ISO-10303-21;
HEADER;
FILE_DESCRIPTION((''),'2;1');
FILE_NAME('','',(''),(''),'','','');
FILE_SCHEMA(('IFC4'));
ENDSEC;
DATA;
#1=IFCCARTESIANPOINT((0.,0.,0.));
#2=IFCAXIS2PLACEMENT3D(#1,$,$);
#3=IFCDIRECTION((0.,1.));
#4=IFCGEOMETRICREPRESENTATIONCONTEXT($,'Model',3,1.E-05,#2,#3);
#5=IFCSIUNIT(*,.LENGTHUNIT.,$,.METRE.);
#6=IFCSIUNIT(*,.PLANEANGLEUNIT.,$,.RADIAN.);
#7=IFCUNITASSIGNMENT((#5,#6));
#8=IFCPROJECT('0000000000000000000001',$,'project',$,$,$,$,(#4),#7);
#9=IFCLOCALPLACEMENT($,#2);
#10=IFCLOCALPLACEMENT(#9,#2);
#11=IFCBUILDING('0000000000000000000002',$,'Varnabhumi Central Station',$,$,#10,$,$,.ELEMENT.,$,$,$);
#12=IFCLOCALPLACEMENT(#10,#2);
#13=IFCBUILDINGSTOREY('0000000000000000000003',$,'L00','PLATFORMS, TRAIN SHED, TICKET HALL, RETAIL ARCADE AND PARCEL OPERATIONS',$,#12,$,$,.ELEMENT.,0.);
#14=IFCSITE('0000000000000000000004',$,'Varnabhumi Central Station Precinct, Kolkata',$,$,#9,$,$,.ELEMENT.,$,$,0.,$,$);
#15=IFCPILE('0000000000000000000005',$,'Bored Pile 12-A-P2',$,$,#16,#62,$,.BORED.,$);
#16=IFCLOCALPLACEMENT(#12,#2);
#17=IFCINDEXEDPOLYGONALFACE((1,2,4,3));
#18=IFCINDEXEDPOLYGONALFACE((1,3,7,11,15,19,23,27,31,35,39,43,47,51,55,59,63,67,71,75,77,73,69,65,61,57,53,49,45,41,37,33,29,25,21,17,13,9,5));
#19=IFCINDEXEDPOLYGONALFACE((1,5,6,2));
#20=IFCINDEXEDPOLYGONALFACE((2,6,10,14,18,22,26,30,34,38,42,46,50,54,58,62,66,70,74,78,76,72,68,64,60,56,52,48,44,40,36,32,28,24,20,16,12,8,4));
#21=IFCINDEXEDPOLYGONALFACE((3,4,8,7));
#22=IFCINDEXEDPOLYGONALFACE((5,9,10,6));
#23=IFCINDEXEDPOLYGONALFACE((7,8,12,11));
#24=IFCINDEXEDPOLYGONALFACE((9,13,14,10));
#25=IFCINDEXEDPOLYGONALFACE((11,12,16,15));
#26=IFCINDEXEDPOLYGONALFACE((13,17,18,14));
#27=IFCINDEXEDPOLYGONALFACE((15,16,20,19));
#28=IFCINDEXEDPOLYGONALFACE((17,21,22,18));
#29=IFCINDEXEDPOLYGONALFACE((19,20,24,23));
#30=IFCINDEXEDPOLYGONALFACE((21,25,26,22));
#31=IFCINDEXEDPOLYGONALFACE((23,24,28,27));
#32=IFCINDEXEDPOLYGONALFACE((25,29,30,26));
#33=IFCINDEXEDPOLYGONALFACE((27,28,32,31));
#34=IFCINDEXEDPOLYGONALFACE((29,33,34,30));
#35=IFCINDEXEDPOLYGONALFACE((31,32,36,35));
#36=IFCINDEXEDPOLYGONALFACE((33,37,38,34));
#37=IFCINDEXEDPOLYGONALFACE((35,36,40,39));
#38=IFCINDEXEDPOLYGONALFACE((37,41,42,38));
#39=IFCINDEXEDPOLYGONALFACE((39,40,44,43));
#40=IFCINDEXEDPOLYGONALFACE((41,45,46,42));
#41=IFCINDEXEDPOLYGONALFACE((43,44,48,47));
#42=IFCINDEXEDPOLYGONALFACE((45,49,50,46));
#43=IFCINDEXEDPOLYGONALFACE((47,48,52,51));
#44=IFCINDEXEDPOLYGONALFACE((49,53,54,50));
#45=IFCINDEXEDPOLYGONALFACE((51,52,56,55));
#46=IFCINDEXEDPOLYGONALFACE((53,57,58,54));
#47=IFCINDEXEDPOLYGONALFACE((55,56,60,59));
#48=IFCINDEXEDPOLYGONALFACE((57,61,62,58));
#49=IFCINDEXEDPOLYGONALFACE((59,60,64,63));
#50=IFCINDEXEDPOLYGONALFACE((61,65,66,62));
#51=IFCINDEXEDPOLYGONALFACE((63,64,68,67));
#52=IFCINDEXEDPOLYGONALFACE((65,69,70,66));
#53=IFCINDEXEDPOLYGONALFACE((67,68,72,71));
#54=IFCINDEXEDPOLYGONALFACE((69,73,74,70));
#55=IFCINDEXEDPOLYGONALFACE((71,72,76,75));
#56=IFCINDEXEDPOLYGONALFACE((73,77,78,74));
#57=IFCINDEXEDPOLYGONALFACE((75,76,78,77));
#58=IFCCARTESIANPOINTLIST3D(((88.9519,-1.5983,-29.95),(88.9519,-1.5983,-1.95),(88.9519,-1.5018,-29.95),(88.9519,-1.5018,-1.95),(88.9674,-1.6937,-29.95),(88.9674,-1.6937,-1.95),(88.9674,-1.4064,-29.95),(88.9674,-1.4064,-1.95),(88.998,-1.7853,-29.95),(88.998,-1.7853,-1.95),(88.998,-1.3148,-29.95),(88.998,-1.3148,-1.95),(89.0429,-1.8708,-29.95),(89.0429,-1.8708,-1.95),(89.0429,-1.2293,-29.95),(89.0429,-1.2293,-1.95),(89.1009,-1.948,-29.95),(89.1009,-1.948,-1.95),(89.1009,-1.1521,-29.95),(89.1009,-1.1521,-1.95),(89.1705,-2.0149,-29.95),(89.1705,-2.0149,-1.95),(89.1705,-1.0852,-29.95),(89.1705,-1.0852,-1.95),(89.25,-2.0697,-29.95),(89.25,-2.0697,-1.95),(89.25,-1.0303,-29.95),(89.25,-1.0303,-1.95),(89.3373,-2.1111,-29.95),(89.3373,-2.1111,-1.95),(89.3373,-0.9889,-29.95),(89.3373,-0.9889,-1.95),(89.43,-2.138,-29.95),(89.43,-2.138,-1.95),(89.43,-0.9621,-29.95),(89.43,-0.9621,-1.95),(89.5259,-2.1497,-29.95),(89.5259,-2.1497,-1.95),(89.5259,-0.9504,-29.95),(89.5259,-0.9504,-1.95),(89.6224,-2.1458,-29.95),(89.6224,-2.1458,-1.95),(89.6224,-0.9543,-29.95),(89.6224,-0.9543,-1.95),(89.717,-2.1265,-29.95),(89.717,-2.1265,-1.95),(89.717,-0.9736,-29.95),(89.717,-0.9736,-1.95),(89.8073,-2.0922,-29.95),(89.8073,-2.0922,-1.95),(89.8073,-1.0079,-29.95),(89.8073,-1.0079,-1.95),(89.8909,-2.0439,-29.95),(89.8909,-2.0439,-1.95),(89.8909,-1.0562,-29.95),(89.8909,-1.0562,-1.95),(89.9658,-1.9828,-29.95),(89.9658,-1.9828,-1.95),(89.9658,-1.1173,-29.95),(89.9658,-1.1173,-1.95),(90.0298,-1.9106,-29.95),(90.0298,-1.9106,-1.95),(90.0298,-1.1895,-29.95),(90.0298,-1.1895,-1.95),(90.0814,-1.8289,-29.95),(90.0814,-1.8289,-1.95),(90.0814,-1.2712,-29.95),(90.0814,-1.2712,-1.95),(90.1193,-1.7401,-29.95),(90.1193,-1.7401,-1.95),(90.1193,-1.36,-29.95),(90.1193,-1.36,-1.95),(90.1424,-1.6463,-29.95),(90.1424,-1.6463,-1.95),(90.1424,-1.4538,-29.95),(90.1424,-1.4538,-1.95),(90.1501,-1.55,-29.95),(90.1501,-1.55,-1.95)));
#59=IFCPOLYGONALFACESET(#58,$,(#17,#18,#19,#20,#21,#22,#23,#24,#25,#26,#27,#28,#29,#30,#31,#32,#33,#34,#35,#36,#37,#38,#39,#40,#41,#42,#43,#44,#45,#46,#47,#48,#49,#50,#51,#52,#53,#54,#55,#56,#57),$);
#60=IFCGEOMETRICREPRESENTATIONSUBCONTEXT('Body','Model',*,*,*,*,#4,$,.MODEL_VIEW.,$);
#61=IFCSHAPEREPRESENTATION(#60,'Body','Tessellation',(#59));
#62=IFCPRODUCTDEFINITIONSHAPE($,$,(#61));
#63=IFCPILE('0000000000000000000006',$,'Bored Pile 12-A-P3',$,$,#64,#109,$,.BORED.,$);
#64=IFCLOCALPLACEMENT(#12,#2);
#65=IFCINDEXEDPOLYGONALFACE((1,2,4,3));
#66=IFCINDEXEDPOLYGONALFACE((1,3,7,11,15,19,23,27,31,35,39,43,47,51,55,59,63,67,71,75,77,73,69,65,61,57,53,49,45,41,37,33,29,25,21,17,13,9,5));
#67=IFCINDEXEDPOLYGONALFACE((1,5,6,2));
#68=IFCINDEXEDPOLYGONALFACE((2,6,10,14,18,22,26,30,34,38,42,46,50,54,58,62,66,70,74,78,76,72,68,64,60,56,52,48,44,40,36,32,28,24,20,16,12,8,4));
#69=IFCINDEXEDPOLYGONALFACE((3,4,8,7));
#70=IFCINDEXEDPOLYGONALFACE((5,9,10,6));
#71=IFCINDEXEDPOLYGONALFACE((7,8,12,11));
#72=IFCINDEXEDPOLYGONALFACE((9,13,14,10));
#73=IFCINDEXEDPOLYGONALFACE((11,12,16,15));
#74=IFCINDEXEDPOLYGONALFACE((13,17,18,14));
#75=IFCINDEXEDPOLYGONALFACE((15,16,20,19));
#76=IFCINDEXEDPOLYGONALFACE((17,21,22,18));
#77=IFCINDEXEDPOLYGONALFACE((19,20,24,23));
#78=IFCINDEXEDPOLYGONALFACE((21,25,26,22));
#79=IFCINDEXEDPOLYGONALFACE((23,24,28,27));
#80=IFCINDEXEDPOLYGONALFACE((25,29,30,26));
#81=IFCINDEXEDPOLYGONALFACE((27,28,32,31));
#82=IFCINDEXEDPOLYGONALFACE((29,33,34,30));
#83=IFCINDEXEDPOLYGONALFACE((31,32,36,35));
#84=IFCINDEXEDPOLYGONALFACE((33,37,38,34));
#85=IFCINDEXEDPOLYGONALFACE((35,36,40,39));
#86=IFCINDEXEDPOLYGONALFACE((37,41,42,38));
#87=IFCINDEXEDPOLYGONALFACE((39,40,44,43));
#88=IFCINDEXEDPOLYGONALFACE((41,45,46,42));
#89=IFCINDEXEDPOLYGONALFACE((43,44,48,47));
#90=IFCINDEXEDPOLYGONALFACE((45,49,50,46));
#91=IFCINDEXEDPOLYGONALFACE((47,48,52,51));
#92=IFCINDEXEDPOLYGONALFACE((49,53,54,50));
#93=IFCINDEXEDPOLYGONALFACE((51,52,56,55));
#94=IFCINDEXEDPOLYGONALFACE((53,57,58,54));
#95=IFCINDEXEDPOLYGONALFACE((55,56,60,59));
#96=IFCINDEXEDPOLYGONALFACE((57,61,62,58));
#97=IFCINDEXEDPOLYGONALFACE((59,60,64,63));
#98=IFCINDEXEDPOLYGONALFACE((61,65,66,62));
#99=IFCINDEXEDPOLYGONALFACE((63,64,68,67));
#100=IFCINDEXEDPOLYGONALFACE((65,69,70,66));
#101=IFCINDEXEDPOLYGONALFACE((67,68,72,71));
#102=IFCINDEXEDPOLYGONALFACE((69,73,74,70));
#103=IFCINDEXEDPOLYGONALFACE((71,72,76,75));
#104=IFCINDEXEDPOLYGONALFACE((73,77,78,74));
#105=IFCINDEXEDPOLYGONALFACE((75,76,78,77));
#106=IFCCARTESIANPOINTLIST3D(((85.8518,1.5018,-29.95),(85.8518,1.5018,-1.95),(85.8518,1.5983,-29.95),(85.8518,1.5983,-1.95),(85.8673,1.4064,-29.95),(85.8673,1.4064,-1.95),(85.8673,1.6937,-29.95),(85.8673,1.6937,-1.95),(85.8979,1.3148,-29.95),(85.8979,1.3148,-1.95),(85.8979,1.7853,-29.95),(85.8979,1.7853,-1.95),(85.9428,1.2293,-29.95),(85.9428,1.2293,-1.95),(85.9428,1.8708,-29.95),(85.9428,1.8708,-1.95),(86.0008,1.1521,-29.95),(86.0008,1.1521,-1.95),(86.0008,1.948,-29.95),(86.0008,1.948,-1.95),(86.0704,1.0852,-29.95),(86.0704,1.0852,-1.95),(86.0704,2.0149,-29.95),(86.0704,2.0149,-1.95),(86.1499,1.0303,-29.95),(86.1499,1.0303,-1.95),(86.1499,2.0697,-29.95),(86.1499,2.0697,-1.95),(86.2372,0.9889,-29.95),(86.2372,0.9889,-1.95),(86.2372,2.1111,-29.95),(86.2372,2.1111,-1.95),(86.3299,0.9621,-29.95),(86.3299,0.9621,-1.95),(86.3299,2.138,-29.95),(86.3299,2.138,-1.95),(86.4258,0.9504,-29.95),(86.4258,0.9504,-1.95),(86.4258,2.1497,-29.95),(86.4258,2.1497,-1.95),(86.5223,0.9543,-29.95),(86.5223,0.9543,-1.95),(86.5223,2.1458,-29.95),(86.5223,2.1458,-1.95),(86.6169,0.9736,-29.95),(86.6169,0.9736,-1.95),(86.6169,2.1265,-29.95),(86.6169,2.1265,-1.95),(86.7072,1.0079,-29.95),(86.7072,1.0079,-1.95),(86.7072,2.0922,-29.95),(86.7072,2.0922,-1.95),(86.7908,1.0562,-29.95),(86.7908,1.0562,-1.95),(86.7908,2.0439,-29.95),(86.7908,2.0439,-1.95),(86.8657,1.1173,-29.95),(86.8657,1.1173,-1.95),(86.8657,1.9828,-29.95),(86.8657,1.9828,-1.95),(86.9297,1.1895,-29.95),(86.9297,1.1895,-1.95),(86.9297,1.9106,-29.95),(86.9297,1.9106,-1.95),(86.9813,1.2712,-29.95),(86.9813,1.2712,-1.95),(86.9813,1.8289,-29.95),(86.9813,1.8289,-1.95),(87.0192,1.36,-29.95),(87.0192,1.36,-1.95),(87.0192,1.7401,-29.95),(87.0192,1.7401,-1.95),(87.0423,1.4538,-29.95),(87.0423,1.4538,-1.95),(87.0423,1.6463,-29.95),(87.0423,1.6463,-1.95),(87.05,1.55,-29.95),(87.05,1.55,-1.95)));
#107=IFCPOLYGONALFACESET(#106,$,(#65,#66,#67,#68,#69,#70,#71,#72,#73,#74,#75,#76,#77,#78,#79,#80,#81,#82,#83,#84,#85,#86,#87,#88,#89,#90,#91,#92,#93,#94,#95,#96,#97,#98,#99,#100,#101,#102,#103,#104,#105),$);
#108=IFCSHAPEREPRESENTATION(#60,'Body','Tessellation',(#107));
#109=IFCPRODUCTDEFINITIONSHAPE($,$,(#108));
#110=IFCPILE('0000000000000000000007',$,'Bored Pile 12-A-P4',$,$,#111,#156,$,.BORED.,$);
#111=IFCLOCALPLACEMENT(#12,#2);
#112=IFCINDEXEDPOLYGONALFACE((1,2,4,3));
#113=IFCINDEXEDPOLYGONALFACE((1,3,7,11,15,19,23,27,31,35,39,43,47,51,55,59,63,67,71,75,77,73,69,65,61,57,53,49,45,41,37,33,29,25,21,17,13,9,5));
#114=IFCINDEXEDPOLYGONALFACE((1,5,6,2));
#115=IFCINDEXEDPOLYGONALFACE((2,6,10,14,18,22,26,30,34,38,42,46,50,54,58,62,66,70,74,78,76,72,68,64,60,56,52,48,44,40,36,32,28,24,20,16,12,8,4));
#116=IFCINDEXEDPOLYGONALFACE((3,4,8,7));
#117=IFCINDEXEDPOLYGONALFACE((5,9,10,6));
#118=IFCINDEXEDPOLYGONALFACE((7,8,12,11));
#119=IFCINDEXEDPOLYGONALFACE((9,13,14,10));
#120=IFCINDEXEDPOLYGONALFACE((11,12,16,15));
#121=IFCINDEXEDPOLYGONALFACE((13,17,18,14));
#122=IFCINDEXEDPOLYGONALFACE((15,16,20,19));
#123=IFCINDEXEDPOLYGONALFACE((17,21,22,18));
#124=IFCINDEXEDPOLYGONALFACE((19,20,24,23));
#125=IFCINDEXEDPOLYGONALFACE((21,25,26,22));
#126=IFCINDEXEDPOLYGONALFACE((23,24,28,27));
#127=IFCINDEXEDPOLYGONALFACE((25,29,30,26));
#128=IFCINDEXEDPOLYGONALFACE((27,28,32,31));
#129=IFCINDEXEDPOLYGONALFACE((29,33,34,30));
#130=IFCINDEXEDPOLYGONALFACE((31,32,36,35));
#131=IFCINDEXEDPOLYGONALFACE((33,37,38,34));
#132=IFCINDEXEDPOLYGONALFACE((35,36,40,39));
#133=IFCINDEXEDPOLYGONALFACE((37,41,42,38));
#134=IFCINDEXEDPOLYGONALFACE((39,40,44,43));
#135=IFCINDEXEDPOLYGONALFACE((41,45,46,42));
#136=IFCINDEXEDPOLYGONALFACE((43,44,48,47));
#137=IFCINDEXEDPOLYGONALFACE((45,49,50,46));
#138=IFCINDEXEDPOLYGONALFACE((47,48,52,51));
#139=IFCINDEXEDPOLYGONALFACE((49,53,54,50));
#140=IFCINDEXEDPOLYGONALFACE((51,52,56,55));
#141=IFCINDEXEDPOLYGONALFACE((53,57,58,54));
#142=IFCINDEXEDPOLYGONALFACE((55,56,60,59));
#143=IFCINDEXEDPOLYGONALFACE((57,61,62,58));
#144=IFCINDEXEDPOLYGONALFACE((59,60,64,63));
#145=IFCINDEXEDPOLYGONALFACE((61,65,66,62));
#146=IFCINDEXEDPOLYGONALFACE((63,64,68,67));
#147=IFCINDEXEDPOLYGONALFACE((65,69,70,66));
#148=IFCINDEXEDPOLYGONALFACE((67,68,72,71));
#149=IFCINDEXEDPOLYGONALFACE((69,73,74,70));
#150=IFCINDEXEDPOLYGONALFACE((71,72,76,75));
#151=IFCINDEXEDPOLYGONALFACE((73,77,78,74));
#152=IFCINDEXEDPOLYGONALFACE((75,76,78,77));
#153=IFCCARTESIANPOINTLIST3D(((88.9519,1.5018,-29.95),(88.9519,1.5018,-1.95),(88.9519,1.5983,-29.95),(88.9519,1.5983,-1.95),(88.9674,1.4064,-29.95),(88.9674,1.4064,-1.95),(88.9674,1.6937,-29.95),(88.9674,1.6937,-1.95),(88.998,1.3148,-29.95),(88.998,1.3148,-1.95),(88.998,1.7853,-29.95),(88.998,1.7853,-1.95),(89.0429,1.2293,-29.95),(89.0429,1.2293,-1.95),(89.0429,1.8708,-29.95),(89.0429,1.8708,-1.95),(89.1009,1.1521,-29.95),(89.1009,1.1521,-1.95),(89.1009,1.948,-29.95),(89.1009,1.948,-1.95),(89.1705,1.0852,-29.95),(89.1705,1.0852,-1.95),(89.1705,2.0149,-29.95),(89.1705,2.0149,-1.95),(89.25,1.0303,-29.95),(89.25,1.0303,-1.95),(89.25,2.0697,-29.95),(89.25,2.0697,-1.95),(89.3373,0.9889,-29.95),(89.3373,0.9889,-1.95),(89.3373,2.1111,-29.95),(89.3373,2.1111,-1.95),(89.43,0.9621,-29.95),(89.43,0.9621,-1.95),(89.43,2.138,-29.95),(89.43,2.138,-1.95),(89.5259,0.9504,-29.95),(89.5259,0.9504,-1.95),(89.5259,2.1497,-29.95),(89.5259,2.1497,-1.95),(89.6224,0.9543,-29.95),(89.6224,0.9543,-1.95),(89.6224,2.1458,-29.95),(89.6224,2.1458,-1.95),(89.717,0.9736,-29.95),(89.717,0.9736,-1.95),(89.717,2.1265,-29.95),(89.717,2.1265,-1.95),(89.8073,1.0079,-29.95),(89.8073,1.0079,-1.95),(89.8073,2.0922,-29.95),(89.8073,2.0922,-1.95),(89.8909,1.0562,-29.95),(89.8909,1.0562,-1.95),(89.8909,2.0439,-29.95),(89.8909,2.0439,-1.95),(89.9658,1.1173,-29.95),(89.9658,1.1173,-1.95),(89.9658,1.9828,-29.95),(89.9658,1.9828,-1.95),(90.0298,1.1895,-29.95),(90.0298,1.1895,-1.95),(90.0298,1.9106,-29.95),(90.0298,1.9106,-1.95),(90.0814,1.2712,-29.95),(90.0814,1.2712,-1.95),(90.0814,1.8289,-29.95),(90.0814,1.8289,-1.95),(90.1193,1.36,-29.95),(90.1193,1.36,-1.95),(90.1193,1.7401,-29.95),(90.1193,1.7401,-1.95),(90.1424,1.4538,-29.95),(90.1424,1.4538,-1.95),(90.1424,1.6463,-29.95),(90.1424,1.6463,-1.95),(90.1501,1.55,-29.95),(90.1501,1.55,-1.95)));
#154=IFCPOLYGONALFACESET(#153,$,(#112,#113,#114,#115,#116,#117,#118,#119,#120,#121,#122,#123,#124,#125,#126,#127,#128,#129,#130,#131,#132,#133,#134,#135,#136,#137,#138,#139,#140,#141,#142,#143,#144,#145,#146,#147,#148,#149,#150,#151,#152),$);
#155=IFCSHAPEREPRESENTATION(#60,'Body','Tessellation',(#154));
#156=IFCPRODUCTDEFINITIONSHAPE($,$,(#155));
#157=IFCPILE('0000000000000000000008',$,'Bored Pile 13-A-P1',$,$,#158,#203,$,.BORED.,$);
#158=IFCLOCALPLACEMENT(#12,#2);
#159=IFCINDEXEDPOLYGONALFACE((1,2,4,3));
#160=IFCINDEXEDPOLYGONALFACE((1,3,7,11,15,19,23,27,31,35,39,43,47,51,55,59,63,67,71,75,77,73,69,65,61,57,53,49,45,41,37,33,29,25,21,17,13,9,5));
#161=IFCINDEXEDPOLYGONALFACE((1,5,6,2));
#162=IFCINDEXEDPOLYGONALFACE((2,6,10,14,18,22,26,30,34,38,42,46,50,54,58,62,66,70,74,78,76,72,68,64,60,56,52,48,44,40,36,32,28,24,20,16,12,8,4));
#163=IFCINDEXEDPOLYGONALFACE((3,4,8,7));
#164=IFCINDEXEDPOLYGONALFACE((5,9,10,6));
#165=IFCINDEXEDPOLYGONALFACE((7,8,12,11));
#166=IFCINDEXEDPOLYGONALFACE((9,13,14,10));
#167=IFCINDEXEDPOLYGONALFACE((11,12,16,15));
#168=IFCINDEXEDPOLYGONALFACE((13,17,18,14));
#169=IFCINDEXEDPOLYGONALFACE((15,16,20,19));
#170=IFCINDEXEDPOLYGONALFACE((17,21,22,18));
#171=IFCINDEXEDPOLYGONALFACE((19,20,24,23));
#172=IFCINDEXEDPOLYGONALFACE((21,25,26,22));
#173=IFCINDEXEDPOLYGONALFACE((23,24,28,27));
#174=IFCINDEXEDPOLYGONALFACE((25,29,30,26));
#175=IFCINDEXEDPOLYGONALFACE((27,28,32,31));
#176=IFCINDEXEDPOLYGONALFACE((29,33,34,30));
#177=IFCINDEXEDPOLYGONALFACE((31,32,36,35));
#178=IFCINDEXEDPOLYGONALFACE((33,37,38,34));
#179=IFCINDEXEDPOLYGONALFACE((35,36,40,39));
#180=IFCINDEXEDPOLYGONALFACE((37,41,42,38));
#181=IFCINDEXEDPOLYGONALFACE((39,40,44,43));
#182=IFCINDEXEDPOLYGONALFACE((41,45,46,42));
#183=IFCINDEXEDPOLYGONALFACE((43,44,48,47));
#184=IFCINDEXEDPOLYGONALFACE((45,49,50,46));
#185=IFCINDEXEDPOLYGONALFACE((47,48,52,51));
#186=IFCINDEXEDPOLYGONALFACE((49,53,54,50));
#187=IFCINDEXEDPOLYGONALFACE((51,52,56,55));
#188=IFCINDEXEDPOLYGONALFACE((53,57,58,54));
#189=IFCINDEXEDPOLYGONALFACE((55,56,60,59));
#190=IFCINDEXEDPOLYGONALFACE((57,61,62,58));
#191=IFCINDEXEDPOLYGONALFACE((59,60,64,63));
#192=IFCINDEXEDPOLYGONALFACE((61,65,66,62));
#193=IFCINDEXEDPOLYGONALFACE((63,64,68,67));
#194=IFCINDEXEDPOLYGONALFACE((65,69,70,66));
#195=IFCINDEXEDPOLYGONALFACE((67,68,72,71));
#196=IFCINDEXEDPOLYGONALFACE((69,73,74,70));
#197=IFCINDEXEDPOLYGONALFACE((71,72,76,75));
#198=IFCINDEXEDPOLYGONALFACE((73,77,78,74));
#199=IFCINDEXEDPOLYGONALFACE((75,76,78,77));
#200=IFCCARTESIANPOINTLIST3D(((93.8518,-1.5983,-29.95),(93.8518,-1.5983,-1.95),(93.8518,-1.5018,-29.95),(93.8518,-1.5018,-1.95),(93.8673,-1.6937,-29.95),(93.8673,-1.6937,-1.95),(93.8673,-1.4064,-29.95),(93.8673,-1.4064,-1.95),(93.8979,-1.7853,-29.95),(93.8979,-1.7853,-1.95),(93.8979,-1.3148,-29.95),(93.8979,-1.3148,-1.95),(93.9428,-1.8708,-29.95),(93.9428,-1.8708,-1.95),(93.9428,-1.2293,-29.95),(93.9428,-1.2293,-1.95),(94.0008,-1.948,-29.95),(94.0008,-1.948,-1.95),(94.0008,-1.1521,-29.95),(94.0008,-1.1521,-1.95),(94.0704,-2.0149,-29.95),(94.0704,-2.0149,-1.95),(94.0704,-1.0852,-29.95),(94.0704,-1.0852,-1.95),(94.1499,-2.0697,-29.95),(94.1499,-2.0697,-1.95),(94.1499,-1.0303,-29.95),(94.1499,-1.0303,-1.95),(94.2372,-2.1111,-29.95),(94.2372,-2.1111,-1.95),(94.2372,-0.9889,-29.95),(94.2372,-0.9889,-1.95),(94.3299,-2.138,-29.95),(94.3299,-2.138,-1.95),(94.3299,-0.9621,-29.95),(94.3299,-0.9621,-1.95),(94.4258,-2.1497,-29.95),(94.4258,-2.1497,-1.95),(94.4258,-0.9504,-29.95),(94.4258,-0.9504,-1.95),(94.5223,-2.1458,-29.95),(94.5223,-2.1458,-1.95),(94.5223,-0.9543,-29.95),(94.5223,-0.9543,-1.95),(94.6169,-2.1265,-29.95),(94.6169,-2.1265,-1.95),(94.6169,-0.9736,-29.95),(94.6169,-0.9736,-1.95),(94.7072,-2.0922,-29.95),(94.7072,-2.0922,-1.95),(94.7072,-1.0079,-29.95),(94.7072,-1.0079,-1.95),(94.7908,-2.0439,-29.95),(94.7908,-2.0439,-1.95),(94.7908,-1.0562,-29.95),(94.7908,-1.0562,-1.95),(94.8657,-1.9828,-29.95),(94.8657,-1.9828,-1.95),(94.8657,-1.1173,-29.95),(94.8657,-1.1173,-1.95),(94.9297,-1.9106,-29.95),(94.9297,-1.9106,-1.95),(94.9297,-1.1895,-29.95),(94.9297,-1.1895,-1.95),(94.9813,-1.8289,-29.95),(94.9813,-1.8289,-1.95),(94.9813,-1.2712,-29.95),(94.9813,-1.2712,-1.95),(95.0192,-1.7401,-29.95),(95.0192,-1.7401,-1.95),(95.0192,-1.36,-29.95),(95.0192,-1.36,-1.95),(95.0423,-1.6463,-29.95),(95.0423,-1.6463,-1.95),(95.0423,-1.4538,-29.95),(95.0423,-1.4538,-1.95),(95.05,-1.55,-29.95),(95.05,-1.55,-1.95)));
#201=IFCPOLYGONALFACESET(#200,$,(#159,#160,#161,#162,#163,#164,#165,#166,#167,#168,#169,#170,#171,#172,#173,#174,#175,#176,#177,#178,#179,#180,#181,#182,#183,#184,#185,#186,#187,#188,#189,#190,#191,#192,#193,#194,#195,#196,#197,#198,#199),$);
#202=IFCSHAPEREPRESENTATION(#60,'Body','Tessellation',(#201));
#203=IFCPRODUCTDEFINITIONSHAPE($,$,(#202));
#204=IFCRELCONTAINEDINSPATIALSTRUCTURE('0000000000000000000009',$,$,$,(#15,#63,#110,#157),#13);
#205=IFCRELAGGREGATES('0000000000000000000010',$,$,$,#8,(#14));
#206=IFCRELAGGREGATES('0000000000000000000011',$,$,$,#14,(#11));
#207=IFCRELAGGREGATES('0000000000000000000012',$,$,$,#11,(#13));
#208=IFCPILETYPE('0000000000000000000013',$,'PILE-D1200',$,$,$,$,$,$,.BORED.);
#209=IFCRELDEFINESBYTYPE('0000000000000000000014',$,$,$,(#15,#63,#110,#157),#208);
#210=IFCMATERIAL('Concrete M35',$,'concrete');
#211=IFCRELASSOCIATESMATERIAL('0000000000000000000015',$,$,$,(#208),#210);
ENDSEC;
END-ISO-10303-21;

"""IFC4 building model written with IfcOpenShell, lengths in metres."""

from ifc_helpers import new_model, si_unit, direction, frame, origin, origin_2d, place, context, subcontext, project, spatial, circle, extrude, material, material_profile, profile_set, type_object, element, save


model = new_model("IFC4")

# Units and contexts
model_context = context("Model", 3, precision=1e-05, world=origin(), true_north=direction((0.0, 1.0)))
body_context = subcontext(model_context, "Body", "Model", "MODEL_VIEW")
ifc_project = project(units=[si_unit("LENGTHUNIT", "METRE"), si_unit("PLANEANGLEUNIT", "RADIAN")], contexts=[model_context])

# Site, building, storey
site_placement = place(None, origin())
site = spatial("IfcSite", under=ifc_project, at=site_placement, Name="Varnabhumi Central Station Precinct, Kolkata", CompositionType="ELEMENT", RefElevation=0.0)
building_placement = place(site_placement, origin())
building = spatial("IfcBuilding", under=site, at=building_placement, Name="Varnabhumi Central Station", CompositionType="ELEMENT")
storey_placement = place(building_placement, origin())
storey = spatial("IfcBuildingStorey", under=building, at=storey_placement, Name="L00", Description="PLATFORMS, TRAIN SHED, TICKET HALL, RETAIL ARCADE AND PARCEL OPERATIONS", CompositionType="ELEMENT", Elevation=0.0)

# Piles
ifc_material_1 = material(Name="Concrete M35", Category="concrete")
ifc_material_profile_1 = material_profile(ifc_material_1, circle(Radius=0.6001, at=origin_2d()), Name="Concrete M35", Category="concrete")
ifc_profile_set_1 = profile_set([ifc_material_profile_1], Name="Concrete M35")
pile_type = type_object("IfcPileType", Name="PILE-D1200", PredefinedType="BORED", material=ifc_profile_set_1)
for number, where, z_axis, x_axis, name in (
    (1, (89.55, -1.55, -1.95), (0.0, 0.0, -1.0), (1.0, 0.0, 0.0), "Bored Pile 12-A-P2"),
    (2, (86.45, 1.55, -1.95), (0.0, 0.0, -1.0), (1.0, 0.0, 0.0), "Bored Pile 12-A-P3"),
    (3, (89.55, 1.55, -1.95), (0.0, 0.0, -1.0), (1.0, 0.0, 0.0), "Bored Pile 12-A-P4"),
    (4, (94.45, -1.55, -1.95), (0.0, 0.0, -1.0), (1.0, 0.0, 0.0), "Bored Pile 13-A-P1"),
):
    element("IfcPile", number, at=place(storey_placement, frame(where, z_axis=z_axis, x_axis=x_axis)), inside=storey, type_object=pile_type, Name=name, PredefinedType="BORED", context=body_context, shape_type="SweptSolid", body=[
        extrude(circle(Radius=0.6001, at=origin_2d()), origin(), (0.0, 0.0, 1.0), 28.0),
    ])

save(model, "model.ifc")
